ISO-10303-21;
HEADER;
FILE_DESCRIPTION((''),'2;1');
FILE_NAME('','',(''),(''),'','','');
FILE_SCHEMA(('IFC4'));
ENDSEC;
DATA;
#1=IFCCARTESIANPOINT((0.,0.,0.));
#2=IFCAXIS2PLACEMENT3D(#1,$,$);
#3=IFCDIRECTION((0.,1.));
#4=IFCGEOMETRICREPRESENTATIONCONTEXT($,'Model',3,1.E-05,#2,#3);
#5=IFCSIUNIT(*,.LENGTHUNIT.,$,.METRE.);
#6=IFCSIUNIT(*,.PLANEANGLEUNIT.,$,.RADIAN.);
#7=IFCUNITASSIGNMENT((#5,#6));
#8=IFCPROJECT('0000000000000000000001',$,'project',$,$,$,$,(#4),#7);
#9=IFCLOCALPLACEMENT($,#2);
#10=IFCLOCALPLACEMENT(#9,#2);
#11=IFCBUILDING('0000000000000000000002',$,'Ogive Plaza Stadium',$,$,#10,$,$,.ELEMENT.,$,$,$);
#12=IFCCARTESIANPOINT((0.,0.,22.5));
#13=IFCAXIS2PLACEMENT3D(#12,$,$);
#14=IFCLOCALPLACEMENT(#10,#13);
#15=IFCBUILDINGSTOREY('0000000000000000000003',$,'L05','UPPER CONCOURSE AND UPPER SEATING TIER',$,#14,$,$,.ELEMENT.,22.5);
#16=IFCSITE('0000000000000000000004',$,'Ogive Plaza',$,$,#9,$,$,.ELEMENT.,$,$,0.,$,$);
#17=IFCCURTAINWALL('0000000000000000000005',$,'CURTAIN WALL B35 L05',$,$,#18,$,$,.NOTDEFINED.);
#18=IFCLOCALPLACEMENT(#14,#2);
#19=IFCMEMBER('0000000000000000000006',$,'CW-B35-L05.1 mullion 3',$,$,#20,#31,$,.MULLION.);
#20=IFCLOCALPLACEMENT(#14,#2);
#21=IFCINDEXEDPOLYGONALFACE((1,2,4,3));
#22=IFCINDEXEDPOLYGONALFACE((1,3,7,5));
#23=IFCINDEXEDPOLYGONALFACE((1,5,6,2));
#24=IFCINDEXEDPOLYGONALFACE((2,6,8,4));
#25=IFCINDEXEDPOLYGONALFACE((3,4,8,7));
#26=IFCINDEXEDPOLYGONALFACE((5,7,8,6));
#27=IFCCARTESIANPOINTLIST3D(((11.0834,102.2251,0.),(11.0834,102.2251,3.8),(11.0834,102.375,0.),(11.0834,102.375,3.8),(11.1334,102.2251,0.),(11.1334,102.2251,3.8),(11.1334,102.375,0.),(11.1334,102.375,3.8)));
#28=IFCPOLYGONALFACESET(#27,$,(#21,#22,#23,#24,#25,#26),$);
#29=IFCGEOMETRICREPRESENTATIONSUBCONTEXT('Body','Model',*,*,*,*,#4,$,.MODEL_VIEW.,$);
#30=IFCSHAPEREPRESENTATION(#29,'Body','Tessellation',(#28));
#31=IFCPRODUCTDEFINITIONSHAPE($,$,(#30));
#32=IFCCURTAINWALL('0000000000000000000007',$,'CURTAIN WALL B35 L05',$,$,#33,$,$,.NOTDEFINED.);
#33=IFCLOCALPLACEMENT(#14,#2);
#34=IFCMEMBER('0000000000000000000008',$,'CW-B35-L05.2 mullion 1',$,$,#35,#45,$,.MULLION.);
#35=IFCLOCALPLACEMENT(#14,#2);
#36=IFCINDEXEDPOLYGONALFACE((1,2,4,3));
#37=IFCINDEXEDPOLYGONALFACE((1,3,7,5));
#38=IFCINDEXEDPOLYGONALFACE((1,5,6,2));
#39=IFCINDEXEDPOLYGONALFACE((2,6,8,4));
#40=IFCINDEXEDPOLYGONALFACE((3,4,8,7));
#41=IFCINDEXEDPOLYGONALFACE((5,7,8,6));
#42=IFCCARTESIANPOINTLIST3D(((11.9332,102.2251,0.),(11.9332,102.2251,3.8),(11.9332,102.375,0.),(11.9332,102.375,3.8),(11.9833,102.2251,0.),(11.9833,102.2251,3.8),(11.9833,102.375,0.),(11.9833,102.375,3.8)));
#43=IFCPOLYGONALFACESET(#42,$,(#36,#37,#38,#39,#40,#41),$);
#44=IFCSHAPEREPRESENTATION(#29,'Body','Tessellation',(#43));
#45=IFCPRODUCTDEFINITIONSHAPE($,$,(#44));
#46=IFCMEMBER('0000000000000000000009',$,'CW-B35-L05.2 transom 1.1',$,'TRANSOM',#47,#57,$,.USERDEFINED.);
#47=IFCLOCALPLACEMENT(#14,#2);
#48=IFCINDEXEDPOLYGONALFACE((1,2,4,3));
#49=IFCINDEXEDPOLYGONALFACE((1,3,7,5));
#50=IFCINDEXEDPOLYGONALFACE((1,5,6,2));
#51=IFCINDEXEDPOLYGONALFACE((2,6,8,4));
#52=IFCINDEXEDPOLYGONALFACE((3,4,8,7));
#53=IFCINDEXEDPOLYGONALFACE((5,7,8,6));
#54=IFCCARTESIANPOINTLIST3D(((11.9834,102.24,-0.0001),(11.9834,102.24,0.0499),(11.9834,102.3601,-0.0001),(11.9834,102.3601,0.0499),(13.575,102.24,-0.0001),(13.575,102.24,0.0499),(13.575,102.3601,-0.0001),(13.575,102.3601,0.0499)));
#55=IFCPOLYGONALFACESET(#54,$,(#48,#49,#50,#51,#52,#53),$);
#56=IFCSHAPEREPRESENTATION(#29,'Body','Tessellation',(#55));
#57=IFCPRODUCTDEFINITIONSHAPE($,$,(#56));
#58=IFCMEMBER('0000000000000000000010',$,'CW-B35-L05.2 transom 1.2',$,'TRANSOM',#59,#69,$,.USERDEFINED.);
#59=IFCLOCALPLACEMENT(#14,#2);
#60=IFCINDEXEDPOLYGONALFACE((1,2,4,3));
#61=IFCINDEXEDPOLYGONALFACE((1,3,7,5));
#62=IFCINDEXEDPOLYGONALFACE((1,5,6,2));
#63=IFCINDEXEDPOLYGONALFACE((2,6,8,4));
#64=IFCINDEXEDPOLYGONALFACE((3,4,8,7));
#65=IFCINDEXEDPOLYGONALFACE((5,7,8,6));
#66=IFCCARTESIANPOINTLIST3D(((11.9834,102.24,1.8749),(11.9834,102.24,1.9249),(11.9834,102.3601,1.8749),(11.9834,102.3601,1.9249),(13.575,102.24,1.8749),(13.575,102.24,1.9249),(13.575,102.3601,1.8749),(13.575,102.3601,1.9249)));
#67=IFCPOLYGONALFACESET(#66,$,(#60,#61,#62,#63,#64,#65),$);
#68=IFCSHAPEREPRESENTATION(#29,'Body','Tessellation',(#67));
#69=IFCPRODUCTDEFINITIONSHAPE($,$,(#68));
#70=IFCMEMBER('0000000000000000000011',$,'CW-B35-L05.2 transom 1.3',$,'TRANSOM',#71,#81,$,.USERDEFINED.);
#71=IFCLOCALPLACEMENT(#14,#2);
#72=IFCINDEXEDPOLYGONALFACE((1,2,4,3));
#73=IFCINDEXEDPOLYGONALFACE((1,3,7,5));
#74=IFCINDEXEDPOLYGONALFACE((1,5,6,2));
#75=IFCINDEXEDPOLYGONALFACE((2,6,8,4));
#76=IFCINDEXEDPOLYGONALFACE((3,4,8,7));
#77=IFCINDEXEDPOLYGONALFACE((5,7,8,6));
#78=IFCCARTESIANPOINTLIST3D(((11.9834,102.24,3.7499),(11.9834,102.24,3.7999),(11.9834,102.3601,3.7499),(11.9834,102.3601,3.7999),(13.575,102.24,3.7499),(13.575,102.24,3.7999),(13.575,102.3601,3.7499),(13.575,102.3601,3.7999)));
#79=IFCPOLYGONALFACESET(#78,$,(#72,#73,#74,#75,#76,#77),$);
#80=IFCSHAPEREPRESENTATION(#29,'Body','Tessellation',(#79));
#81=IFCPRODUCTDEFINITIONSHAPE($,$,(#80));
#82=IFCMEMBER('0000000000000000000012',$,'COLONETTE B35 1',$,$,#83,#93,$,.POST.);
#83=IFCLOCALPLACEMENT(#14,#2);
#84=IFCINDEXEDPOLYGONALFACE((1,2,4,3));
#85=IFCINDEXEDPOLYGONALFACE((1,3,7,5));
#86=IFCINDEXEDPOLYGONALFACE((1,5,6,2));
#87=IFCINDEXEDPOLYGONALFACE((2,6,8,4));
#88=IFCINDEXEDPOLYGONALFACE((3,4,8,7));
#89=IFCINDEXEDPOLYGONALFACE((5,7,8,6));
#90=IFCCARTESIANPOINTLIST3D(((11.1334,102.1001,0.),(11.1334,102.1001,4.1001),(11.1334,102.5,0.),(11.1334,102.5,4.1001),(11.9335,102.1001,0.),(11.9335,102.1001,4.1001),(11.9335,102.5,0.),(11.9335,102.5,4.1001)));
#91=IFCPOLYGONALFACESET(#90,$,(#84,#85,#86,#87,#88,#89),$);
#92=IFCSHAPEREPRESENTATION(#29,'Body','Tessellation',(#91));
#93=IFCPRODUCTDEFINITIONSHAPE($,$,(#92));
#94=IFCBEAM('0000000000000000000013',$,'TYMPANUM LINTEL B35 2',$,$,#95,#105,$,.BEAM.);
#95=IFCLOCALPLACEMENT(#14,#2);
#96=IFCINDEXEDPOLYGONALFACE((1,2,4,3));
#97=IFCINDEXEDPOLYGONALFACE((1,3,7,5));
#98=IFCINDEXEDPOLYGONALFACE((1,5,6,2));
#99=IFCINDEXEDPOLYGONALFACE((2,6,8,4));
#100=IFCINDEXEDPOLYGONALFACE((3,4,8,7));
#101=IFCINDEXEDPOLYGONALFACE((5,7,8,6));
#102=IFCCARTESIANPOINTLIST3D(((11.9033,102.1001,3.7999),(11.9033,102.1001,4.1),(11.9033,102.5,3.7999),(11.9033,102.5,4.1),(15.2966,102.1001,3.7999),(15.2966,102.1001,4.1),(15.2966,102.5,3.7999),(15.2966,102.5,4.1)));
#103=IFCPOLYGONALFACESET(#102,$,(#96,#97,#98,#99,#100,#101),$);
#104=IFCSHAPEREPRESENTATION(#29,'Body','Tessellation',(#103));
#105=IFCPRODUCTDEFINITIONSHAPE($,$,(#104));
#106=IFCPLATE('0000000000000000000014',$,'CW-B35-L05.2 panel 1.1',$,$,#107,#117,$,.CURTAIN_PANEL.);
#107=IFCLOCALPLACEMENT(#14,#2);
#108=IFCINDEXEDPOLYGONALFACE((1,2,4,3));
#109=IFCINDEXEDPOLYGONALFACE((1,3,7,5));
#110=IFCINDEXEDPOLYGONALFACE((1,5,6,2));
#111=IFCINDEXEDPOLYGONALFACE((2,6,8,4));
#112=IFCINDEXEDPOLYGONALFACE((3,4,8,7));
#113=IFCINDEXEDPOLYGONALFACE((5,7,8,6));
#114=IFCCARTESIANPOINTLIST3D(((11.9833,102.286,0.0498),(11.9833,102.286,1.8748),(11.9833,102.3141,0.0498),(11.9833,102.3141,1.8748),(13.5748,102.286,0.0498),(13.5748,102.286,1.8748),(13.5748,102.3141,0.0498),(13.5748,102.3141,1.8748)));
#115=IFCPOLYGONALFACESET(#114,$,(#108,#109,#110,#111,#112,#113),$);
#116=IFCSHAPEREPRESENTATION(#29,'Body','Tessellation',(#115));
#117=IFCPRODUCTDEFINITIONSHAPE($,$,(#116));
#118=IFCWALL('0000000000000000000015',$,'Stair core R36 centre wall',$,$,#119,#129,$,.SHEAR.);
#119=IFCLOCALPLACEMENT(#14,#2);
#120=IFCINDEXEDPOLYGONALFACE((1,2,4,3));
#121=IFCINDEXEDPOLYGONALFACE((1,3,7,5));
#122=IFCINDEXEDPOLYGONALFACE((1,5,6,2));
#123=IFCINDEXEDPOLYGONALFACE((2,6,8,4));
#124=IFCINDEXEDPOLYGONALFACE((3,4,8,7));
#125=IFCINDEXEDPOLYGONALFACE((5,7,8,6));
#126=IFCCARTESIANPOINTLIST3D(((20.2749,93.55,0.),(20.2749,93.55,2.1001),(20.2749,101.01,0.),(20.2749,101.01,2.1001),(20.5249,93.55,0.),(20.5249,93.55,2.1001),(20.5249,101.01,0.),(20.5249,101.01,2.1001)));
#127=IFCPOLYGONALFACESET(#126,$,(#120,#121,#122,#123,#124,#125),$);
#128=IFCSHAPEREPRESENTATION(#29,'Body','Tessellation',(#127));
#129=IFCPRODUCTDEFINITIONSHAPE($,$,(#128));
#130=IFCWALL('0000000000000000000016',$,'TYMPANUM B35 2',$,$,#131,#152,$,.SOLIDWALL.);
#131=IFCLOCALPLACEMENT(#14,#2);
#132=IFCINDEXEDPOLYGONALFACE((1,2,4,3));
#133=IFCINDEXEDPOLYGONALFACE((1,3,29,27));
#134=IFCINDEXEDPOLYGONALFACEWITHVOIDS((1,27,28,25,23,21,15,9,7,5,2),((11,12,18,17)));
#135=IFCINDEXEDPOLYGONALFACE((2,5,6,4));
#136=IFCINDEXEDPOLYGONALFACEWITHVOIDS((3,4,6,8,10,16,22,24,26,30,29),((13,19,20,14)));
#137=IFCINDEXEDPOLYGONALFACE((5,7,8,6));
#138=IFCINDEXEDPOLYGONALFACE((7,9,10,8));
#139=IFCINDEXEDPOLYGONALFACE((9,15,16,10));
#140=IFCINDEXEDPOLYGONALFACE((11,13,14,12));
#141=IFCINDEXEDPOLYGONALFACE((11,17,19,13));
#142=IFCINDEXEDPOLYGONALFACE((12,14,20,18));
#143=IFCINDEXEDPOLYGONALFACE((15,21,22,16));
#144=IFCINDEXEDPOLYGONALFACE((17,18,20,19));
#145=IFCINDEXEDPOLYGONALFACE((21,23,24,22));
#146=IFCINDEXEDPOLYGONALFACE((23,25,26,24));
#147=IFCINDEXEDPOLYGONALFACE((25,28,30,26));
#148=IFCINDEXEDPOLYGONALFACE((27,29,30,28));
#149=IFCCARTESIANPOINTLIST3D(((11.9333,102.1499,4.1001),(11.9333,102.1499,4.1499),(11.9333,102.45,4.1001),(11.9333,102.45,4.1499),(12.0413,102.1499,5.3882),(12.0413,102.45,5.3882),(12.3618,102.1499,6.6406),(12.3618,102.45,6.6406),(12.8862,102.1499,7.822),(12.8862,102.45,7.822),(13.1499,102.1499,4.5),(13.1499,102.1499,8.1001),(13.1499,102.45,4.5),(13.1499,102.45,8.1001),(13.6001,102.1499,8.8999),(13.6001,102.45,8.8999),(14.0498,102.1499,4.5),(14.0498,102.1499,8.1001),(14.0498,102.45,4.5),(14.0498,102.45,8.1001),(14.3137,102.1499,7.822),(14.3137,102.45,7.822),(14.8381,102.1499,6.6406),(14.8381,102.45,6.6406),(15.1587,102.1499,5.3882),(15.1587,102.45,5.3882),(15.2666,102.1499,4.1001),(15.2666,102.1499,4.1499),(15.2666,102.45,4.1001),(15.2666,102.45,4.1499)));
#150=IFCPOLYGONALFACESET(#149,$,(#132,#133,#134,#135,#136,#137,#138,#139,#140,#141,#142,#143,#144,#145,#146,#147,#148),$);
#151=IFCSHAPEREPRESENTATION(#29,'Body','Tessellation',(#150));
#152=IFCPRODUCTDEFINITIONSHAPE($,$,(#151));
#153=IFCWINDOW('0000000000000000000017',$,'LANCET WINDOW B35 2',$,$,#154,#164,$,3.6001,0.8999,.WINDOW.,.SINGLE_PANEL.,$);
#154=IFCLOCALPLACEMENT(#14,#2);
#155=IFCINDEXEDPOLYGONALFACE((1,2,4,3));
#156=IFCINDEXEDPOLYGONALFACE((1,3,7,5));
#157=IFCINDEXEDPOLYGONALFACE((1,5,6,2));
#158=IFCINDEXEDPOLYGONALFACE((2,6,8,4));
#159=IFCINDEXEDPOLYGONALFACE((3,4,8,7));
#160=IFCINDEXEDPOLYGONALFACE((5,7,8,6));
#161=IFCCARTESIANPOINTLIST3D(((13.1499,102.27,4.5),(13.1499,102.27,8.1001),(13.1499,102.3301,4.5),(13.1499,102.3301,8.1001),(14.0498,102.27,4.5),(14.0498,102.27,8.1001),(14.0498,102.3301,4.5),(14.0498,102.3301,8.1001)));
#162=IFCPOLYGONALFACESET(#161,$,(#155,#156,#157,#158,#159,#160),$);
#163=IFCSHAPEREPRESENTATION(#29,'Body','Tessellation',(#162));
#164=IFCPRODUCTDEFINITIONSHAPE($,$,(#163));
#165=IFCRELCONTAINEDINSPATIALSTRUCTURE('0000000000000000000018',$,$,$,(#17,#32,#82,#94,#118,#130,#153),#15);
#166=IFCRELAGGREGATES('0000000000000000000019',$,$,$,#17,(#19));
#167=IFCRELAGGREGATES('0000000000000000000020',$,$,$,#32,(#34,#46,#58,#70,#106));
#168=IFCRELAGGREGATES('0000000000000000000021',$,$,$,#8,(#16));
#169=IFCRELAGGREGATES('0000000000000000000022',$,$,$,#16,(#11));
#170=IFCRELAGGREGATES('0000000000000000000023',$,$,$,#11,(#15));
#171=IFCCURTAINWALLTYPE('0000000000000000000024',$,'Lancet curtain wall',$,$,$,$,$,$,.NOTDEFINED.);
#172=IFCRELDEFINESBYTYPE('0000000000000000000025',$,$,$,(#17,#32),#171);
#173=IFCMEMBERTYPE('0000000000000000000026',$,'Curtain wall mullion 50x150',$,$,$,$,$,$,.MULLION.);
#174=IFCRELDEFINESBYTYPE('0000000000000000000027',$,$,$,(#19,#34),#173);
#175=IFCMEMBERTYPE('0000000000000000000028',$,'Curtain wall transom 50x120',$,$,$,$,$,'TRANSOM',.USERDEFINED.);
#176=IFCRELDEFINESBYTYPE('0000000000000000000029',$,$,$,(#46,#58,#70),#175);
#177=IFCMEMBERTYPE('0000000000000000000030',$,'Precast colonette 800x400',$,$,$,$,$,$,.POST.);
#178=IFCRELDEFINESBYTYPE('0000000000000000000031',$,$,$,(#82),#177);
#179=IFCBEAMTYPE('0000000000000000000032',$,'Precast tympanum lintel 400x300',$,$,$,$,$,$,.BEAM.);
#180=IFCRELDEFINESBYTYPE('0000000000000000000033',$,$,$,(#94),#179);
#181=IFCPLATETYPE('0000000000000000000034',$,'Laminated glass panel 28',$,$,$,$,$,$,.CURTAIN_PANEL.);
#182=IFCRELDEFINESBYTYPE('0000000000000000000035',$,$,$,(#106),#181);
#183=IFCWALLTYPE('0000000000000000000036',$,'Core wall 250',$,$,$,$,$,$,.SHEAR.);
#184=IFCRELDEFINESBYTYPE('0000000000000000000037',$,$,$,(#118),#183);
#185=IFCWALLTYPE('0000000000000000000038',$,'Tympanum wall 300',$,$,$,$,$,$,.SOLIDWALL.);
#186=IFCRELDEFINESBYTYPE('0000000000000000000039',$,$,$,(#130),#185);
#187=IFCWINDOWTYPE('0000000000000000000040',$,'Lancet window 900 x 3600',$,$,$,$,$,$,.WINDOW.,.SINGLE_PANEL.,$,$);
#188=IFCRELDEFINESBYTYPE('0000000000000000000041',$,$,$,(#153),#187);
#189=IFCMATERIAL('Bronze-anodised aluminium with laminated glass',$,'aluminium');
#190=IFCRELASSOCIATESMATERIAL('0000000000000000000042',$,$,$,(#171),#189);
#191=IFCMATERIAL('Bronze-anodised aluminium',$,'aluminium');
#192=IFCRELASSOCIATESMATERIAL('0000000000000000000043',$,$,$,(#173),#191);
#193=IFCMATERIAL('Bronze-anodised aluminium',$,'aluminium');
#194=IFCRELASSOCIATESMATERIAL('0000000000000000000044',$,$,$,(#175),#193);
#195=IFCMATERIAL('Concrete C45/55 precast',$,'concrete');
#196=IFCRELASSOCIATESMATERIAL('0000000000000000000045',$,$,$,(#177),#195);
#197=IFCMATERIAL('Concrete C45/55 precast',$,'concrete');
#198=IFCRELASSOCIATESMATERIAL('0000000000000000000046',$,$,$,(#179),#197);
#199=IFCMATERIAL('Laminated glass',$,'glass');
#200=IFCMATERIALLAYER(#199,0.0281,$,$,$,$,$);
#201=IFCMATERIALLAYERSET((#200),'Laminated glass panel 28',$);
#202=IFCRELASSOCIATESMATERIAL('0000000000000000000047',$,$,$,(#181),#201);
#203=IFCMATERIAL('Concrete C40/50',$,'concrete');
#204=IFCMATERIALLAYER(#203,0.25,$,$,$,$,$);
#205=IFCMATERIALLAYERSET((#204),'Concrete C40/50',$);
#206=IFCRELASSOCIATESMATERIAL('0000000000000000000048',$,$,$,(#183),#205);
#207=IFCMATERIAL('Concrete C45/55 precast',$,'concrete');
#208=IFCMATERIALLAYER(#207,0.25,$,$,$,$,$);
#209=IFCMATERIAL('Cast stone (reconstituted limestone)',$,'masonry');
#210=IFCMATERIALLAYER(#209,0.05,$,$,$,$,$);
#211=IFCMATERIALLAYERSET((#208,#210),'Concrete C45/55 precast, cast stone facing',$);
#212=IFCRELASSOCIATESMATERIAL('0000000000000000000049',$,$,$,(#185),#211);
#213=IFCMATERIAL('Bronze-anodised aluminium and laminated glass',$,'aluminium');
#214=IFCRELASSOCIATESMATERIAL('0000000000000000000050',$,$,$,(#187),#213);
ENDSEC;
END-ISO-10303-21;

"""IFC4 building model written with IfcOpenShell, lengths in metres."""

from ifc_helpers import new_model, si_unit, direction, frame, frame_2d, origin, origin_2d, place, context, subcontext, project, spatial, polyline, rectangle, outline, extrude, material, layer, layer_set, material_profile, profile_set, type_object, element, fill, aggregate, save


model = new_model("IFC4")

# Units and contexts
model_context = context("Model", 3, precision=1e-05, world=origin(), true_north=direction((0.0, 1.0)))
body_context = subcontext(model_context, "Body", "Model", "MODEL_VIEW")
ifc_project = project(units=[si_unit("LENGTHUNIT", "METRE"), si_unit("PLANEANGLEUNIT", "RADIAN")], contexts=[model_context])

# Site, building, storey
site_placement = place(None, origin())
site = spatial("IfcSite", under=ifc_project, at=site_placement, Name="Ogive Plaza", CompositionType="ELEMENT", RefElevation=0.0)
building_placement = place(site_placement, origin())
building = spatial("IfcBuilding", under=site, at=building_placement, Name="Ogive Plaza Stadium", CompositionType="ELEMENT")
storey_placement = place(building_placement, frame((0.0, 0.0, 22.5)))
storey = spatial("IfcBuildingStorey", under=building, at=storey_placement, Name="L05", Description="UPPER CONCOURSE AND UPPER SEATING TIER", CompositionType="ELEMENT", Elevation=22.5)

# Curtain wall, member
ifc_material_1 = material(Name="Bronze-anodised aluminium with laminated glass", Category="aluminium")
curtain_wall_type = type_object("IfcCurtainWallType", Name="Lancet curtain wall", PredefinedType="NOTDEFINED", material=ifc_material_1)
curtain_wall_1_placement = place(storey_placement, origin())
curtain_wall_1 = element("IfcCurtainWall", 1, at=curtain_wall_1_placement, inside=storey, type_object=curtain_wall_type, Name="CURTAIN WALL B35 L05", PredefinedType="NOTDEFINED")
ifc_material_2 = material(Name="Bronze-anodised aluminium", Category="aluminium")
ifc_material_profile_1 = material_profile(ifc_material_2, rectangle(XDim=0.1499, YDim=0.05, at=origin_2d()), Name="AL 150x50")
ifc_profile_set_1 = profile_set([ifc_material_profile_1], Name="Bronze-anodised aluminium")
member_type_1 = type_object("IfcMemberType", Name="Curtain wall mullion 50x150", PredefinedType="MULLION", material=ifc_profile_set_1)
member_1_placement = place(storey_placement, frame((11.1084, 102.3, 0.0), z_axis=(0.0, 0.0, 1.0), x_axis=(0.0, 1.0, 0.0)))
member_1 = element("IfcMember", 2, at=member_1_placement, type_object=member_type_1, Name="CW-B35-L05.1 mullion 3", PredefinedType="MULLION", context=body_context, shape_type="SweptSolid", body=[
    extrude(rectangle(XDim=0.1499, YDim=0.05, at=origin_2d()), origin(), (0.0, 0.0, 1.0), 3.8),
])
aggregate(curtain_wall_1, [member_1])

# Curtain wall, members
curtain_wall_2_placement = place(storey_placement, origin())
curtain_wall_2 = element("IfcCurtainWall", 3, at=curtain_wall_2_placement, inside=storey, type_object=curtain_wall_type, Name="CURTAIN WALL B35 L05", PredefinedType="NOTDEFINED")
member_2_placement = place(storey_placement, frame((11.9583, 102.3, 0.0), z_axis=(0.0, 0.0, 1.0), x_axis=(0.0, 1.0, 0.0)))
member_2 = element("IfcMember", 4, at=member_2_placement, type_object=member_type_1, Name="CW-B35-L05.2 mullion 1", PredefinedType="MULLION", context=body_context, shape_type="SweptSolid", body=[
    extrude(rectangle(XDim=0.1499, YDim=0.05, at=origin_2d()), origin(), (0.0, 0.0, 1.0), 3.8),
])
ifc_material_3 = material(Name="Bronze-anodised aluminium", Category="aluminium")
ifc_material_profile_2 = material_profile(ifc_material_3, rectangle(XDim=0.1201, YDim=0.05, at=origin_2d()), Name="AL 120x50")
ifc_profile_set_2 = profile_set([ifc_material_profile_2], Name="Bronze-anodised aluminium")
member_type_2 = type_object("IfcMemberType", Name="Curtain wall transom 50x120", ElementType="TRANSOM", PredefinedType="USERDEFINED", material=ifc_profile_set_2)
member_3_placement = place(storey_placement, frame((11.9834, 102.3, 0.0249), z_axis=(1.0, 0.0, 0.0), x_axis=(0.0, 1.0, 0.0)))
member_3 = element("IfcMember", 5, at=member_3_placement, type_object=member_type_2, Name="CW-B35-L05.2 transom 1.1", ObjectType="TRANSOM", PredefinedType="USERDEFINED", context=body_context, shape_type="SweptSolid", body=[
    extrude(rectangle(XDim=0.1201, YDim=0.05, at=origin_2d()), origin(), (0.0, 0.0, 1.0), 1.5916),
])
member_4_placement = place(storey_placement, frame((11.9834, 102.3, 1.8999), z_axis=(1.0, 0.0, 0.0), x_axis=(0.0, 1.0, 0.0)))
member_4 = element("IfcMember", 6, at=member_4_placement, type_object=member_type_2, Name="CW-B35-L05.2 transom 1.2", ObjectType="TRANSOM", PredefinedType="USERDEFINED", context=body_context, shape_type="SweptSolid", body=[
    extrude(rectangle(XDim=0.1201, YDim=0.05, at=origin_2d()), origin(), (0.0, 0.0, 1.0), 1.5916),
])
member_5_placement = place(storey_placement, frame((11.9834, 102.3, 3.7749), z_axis=(1.0, 0.0, 0.0), x_axis=(0.0, 1.0, 0.0)))
member_5 = element("IfcMember", 7, at=member_5_placement, type_object=member_type_2, Name="CW-B35-L05.2 transom 1.3", ObjectType="TRANSOM", PredefinedType="USERDEFINED", context=body_context, shape_type="SweptSolid", body=[
    extrude(rectangle(XDim=0.1201, YDim=0.05, at=origin_2d()), origin(), (0.0, 0.0, 1.0), 1.5916),
])

# Member
ifc_material_4 = material(Name="Concrete C45/55 precast", Category="concrete")
ifc_material_profile_3 = material_profile(ifc_material_4, rectangle(XDim=0.3999, YDim=0.8, at=origin_2d()), Name="RC 400x800")
ifc_profile_set_3 = profile_set([ifc_material_profile_3], Name="Concrete C45/55 precast")
member_type_3 = type_object("IfcMemberType", Name="Precast colonette 800x400", PredefinedType="POST", material=ifc_profile_set_3)
member_6_placement = place(storey_placement, frame((11.5334, 102.3, 0.0), z_axis=(0.0, 0.0, 1.0), x_axis=(0.0, 1.0, 0.0)))
element("IfcMember", 8, at=member_6_placement, inside=storey, type_object=member_type_3, Name="COLONETTE B35 1", PredefinedType="POST", context=body_context, shape_type="SweptSolid", body=[
    extrude(rectangle(XDim=0.3999, YDim=0.8, at=origin_2d()), origin(), (0.0, 0.0, 1.0), 4.1001),
])

# Beam
ifc_material_5 = material(Name="Concrete C45/55 precast", Category="concrete")
ifc_material_profile_4 = material_profile(ifc_material_5, rectangle(XDim=0.3999, YDim=0.3, at=origin_2d()), Name="RC 400x300")
ifc_profile_set_4 = profile_set([ifc_material_profile_4], Name="Concrete C45/55 precast")
beam_type = type_object("IfcBeamType", Name="Precast tympanum lintel 400x300", PredefinedType="BEAM", material=ifc_profile_set_4)
beam_placement = place(storey_placement, frame((11.9033, 102.3, 3.95), z_axis=(1.0, 0.0, 0.0), x_axis=(0.0, 1.0, 0.0)))
element("IfcBeam", 9, at=beam_placement, inside=storey, type_object=beam_type, Name="TYMPANUM LINTEL B35 2", PredefinedType="BEAM", context=body_context, shape_type="SweptSolid", body=[
    extrude(rectangle(XDim=0.3999, YDim=0.3, at=origin_2d()), origin(), (0.0, 0.0, 1.0), 3.3933),
])

# Plate
ifc_material_6 = material(Name="Laminated glass", Category="glass")
ifc_layer_1 = layer(ifc_material_6, 0.0281)
ifc_layer_set_1 = layer_set([ifc_layer_1], Name="Laminated glass panel 28")
plate_type = type_object("IfcPlateType", Name="Laminated glass panel 28", PredefinedType="CURTAIN_PANEL", material=ifc_layer_set_1)
plate_placement = place(storey_placement, frame((12.7791, 102.3, 0.0498), z_axis=(0.0, 0.0, 1.0), x_axis=(1.0, 0.0, 0.0)))
plate = element("IfcPlate", 10, at=plate_placement, type_object=plate_type, Name="CW-B35-L05.2 panel 1.1", PredefinedType="CURTAIN_PANEL", context=body_context, shape_type="SweptSolid", body=[
    extrude(rectangle(XDim=1.5916, YDim=0.0281, at=origin_2d()), origin(), (0.0, 0.0, 1.0), 1.825),
])
aggregate(curtain_wall_2, [member_2, member_3, member_4, member_5, plate])

# Wall
ifc_material_7 = material(Name="Concrete C40/50", Category="concrete")
ifc_layer_2 = layer(ifc_material_7, 0.25)
ifc_layer_set_2 = layer_set([ifc_layer_2], Name="Concrete C40/50")
wall_type_1 = type_object("IfcWallType", Name="Core wall 250", PredefinedType="SHEAR", material=ifc_layer_set_2)
wall_1_placement = place(storey_placement, frame((20.3999, 93.55, 0.0), z_axis=(0.0, 0.0, 1.0), x_axis=(0.0, 1.0, 0.0)))
element("IfcWall", 11, at=wall_1_placement, inside=storey, type_object=wall_type_1, Name="Stair core R36 centre wall", PredefinedType="SHEAR", context=body_context, shape_type="SweptSolid", body=[
    extrude(rectangle(XDim=7.46, YDim=0.25, at=frame_2d((3.73, 0.0))), origin(), (0.0, 0.0, 1.0), 2.1001),
])

# Wall, opening, window
ifc_material_8 = material(Name="Concrete C45/55 precast", Category="concrete")
ifc_layer_3 = layer(ifc_material_8, 0.25)
ifc_material_9 = material(Name="Cast stone (reconstituted limestone)", Category="masonry")
ifc_layer_4 = layer(ifc_material_9, 0.05)
ifc_layer_set_3 = layer_set([ifc_layer_3, ifc_layer_4], Name="Concrete C45/55 precast, cast stone facing")
wall_type_2 = type_object("IfcWallType", Name="Tympanum wall 300", PredefinedType="SOLIDWALL", material=ifc_layer_set_3)
wall_2_placement = place(storey_placement, frame((11.9333, 102.3, 4.1001), z_axis=(0.0, 0.0, 1.0), x_axis=(1.0, 0.0, 0.0)))
wall_2 = element("IfcWall", 12, at=wall_2_placement, inside=storey, type_object=wall_type_2, Name="TYMPANUM B35 2", PredefinedType="SOLIDWALL", context=body_context, shape_type="SweptSolid", body=[
    extrude(outline(polyline([(0.0, 0.0), (3.3333, 0.0), (3.3333, 0.0498), (3.2253, 1.2881), (2.9048, 2.5405), (2.3804, 3.7219), (1.6667, 4.7998), (0.9529, 3.7219), (0.4285, 2.5405), (0.1079, 1.2881), (0.0, 0.0498), (0.0, 0.0)])), frame((0.0, 0.1499, 0.0), z_axis=(0.0, -1.0, 0.0), x_axis=(1.0, 0.0, 0.0)), (0.0, 0.0, 1.0), 0.3),
])
opening_placement = place(wall_2_placement, frame((1.2166, 0.0, 0.3999)))
opening = element("IfcOpeningElement", 13, at=opening_placement, cuts=wall_2, PredefinedType="OPENING", context=body_context, shape_type="SweptSolid", body=[
    extrude(rectangle(XDim=0.8999, YDim=3.6001, at=frame_2d((0.45, 1.8))), frame((0.0, 0.1602, 0.0), z_axis=(0.0, -1.0, 0.0), x_axis=(1.0, 0.0, 0.0)), (0.0, 0.0, 1.0), 0.3201),
])
ifc_material_10 = material(Name="Bronze-anodised aluminium and laminated glass", Category="aluminium")
window_type = type_object("IfcWindowType", Name="Lancet window 900 x 3600", PartitioningType="SINGLE_PANEL", PredefinedType="WINDOW", material=ifc_material_10)
window_placement = place(opening_placement, origin())
window = element("IfcWindow", 14, at=window_placement, inside=storey, type_object=window_type, Name="LANCET WINDOW B35 2", OverallHeight=3.6001, OverallWidth=0.8999, PartitioningType="SINGLE_PANEL", PredefinedType="WINDOW", context=body_context, shape_type="SweptSolid", body=[
    extrude(rectangle(XDim=0.8999, YDim=3.6001, at=frame_2d((0.45, 1.8))), frame((0.0, 0.03, 0.0), z_axis=(0.0, -1.0, 0.0), x_axis=(1.0, 0.0, 0.0)), (0.0, 0.0, 1.0), 0.0601),
])
fill(opening, window)

save(model, "model.ifc")
